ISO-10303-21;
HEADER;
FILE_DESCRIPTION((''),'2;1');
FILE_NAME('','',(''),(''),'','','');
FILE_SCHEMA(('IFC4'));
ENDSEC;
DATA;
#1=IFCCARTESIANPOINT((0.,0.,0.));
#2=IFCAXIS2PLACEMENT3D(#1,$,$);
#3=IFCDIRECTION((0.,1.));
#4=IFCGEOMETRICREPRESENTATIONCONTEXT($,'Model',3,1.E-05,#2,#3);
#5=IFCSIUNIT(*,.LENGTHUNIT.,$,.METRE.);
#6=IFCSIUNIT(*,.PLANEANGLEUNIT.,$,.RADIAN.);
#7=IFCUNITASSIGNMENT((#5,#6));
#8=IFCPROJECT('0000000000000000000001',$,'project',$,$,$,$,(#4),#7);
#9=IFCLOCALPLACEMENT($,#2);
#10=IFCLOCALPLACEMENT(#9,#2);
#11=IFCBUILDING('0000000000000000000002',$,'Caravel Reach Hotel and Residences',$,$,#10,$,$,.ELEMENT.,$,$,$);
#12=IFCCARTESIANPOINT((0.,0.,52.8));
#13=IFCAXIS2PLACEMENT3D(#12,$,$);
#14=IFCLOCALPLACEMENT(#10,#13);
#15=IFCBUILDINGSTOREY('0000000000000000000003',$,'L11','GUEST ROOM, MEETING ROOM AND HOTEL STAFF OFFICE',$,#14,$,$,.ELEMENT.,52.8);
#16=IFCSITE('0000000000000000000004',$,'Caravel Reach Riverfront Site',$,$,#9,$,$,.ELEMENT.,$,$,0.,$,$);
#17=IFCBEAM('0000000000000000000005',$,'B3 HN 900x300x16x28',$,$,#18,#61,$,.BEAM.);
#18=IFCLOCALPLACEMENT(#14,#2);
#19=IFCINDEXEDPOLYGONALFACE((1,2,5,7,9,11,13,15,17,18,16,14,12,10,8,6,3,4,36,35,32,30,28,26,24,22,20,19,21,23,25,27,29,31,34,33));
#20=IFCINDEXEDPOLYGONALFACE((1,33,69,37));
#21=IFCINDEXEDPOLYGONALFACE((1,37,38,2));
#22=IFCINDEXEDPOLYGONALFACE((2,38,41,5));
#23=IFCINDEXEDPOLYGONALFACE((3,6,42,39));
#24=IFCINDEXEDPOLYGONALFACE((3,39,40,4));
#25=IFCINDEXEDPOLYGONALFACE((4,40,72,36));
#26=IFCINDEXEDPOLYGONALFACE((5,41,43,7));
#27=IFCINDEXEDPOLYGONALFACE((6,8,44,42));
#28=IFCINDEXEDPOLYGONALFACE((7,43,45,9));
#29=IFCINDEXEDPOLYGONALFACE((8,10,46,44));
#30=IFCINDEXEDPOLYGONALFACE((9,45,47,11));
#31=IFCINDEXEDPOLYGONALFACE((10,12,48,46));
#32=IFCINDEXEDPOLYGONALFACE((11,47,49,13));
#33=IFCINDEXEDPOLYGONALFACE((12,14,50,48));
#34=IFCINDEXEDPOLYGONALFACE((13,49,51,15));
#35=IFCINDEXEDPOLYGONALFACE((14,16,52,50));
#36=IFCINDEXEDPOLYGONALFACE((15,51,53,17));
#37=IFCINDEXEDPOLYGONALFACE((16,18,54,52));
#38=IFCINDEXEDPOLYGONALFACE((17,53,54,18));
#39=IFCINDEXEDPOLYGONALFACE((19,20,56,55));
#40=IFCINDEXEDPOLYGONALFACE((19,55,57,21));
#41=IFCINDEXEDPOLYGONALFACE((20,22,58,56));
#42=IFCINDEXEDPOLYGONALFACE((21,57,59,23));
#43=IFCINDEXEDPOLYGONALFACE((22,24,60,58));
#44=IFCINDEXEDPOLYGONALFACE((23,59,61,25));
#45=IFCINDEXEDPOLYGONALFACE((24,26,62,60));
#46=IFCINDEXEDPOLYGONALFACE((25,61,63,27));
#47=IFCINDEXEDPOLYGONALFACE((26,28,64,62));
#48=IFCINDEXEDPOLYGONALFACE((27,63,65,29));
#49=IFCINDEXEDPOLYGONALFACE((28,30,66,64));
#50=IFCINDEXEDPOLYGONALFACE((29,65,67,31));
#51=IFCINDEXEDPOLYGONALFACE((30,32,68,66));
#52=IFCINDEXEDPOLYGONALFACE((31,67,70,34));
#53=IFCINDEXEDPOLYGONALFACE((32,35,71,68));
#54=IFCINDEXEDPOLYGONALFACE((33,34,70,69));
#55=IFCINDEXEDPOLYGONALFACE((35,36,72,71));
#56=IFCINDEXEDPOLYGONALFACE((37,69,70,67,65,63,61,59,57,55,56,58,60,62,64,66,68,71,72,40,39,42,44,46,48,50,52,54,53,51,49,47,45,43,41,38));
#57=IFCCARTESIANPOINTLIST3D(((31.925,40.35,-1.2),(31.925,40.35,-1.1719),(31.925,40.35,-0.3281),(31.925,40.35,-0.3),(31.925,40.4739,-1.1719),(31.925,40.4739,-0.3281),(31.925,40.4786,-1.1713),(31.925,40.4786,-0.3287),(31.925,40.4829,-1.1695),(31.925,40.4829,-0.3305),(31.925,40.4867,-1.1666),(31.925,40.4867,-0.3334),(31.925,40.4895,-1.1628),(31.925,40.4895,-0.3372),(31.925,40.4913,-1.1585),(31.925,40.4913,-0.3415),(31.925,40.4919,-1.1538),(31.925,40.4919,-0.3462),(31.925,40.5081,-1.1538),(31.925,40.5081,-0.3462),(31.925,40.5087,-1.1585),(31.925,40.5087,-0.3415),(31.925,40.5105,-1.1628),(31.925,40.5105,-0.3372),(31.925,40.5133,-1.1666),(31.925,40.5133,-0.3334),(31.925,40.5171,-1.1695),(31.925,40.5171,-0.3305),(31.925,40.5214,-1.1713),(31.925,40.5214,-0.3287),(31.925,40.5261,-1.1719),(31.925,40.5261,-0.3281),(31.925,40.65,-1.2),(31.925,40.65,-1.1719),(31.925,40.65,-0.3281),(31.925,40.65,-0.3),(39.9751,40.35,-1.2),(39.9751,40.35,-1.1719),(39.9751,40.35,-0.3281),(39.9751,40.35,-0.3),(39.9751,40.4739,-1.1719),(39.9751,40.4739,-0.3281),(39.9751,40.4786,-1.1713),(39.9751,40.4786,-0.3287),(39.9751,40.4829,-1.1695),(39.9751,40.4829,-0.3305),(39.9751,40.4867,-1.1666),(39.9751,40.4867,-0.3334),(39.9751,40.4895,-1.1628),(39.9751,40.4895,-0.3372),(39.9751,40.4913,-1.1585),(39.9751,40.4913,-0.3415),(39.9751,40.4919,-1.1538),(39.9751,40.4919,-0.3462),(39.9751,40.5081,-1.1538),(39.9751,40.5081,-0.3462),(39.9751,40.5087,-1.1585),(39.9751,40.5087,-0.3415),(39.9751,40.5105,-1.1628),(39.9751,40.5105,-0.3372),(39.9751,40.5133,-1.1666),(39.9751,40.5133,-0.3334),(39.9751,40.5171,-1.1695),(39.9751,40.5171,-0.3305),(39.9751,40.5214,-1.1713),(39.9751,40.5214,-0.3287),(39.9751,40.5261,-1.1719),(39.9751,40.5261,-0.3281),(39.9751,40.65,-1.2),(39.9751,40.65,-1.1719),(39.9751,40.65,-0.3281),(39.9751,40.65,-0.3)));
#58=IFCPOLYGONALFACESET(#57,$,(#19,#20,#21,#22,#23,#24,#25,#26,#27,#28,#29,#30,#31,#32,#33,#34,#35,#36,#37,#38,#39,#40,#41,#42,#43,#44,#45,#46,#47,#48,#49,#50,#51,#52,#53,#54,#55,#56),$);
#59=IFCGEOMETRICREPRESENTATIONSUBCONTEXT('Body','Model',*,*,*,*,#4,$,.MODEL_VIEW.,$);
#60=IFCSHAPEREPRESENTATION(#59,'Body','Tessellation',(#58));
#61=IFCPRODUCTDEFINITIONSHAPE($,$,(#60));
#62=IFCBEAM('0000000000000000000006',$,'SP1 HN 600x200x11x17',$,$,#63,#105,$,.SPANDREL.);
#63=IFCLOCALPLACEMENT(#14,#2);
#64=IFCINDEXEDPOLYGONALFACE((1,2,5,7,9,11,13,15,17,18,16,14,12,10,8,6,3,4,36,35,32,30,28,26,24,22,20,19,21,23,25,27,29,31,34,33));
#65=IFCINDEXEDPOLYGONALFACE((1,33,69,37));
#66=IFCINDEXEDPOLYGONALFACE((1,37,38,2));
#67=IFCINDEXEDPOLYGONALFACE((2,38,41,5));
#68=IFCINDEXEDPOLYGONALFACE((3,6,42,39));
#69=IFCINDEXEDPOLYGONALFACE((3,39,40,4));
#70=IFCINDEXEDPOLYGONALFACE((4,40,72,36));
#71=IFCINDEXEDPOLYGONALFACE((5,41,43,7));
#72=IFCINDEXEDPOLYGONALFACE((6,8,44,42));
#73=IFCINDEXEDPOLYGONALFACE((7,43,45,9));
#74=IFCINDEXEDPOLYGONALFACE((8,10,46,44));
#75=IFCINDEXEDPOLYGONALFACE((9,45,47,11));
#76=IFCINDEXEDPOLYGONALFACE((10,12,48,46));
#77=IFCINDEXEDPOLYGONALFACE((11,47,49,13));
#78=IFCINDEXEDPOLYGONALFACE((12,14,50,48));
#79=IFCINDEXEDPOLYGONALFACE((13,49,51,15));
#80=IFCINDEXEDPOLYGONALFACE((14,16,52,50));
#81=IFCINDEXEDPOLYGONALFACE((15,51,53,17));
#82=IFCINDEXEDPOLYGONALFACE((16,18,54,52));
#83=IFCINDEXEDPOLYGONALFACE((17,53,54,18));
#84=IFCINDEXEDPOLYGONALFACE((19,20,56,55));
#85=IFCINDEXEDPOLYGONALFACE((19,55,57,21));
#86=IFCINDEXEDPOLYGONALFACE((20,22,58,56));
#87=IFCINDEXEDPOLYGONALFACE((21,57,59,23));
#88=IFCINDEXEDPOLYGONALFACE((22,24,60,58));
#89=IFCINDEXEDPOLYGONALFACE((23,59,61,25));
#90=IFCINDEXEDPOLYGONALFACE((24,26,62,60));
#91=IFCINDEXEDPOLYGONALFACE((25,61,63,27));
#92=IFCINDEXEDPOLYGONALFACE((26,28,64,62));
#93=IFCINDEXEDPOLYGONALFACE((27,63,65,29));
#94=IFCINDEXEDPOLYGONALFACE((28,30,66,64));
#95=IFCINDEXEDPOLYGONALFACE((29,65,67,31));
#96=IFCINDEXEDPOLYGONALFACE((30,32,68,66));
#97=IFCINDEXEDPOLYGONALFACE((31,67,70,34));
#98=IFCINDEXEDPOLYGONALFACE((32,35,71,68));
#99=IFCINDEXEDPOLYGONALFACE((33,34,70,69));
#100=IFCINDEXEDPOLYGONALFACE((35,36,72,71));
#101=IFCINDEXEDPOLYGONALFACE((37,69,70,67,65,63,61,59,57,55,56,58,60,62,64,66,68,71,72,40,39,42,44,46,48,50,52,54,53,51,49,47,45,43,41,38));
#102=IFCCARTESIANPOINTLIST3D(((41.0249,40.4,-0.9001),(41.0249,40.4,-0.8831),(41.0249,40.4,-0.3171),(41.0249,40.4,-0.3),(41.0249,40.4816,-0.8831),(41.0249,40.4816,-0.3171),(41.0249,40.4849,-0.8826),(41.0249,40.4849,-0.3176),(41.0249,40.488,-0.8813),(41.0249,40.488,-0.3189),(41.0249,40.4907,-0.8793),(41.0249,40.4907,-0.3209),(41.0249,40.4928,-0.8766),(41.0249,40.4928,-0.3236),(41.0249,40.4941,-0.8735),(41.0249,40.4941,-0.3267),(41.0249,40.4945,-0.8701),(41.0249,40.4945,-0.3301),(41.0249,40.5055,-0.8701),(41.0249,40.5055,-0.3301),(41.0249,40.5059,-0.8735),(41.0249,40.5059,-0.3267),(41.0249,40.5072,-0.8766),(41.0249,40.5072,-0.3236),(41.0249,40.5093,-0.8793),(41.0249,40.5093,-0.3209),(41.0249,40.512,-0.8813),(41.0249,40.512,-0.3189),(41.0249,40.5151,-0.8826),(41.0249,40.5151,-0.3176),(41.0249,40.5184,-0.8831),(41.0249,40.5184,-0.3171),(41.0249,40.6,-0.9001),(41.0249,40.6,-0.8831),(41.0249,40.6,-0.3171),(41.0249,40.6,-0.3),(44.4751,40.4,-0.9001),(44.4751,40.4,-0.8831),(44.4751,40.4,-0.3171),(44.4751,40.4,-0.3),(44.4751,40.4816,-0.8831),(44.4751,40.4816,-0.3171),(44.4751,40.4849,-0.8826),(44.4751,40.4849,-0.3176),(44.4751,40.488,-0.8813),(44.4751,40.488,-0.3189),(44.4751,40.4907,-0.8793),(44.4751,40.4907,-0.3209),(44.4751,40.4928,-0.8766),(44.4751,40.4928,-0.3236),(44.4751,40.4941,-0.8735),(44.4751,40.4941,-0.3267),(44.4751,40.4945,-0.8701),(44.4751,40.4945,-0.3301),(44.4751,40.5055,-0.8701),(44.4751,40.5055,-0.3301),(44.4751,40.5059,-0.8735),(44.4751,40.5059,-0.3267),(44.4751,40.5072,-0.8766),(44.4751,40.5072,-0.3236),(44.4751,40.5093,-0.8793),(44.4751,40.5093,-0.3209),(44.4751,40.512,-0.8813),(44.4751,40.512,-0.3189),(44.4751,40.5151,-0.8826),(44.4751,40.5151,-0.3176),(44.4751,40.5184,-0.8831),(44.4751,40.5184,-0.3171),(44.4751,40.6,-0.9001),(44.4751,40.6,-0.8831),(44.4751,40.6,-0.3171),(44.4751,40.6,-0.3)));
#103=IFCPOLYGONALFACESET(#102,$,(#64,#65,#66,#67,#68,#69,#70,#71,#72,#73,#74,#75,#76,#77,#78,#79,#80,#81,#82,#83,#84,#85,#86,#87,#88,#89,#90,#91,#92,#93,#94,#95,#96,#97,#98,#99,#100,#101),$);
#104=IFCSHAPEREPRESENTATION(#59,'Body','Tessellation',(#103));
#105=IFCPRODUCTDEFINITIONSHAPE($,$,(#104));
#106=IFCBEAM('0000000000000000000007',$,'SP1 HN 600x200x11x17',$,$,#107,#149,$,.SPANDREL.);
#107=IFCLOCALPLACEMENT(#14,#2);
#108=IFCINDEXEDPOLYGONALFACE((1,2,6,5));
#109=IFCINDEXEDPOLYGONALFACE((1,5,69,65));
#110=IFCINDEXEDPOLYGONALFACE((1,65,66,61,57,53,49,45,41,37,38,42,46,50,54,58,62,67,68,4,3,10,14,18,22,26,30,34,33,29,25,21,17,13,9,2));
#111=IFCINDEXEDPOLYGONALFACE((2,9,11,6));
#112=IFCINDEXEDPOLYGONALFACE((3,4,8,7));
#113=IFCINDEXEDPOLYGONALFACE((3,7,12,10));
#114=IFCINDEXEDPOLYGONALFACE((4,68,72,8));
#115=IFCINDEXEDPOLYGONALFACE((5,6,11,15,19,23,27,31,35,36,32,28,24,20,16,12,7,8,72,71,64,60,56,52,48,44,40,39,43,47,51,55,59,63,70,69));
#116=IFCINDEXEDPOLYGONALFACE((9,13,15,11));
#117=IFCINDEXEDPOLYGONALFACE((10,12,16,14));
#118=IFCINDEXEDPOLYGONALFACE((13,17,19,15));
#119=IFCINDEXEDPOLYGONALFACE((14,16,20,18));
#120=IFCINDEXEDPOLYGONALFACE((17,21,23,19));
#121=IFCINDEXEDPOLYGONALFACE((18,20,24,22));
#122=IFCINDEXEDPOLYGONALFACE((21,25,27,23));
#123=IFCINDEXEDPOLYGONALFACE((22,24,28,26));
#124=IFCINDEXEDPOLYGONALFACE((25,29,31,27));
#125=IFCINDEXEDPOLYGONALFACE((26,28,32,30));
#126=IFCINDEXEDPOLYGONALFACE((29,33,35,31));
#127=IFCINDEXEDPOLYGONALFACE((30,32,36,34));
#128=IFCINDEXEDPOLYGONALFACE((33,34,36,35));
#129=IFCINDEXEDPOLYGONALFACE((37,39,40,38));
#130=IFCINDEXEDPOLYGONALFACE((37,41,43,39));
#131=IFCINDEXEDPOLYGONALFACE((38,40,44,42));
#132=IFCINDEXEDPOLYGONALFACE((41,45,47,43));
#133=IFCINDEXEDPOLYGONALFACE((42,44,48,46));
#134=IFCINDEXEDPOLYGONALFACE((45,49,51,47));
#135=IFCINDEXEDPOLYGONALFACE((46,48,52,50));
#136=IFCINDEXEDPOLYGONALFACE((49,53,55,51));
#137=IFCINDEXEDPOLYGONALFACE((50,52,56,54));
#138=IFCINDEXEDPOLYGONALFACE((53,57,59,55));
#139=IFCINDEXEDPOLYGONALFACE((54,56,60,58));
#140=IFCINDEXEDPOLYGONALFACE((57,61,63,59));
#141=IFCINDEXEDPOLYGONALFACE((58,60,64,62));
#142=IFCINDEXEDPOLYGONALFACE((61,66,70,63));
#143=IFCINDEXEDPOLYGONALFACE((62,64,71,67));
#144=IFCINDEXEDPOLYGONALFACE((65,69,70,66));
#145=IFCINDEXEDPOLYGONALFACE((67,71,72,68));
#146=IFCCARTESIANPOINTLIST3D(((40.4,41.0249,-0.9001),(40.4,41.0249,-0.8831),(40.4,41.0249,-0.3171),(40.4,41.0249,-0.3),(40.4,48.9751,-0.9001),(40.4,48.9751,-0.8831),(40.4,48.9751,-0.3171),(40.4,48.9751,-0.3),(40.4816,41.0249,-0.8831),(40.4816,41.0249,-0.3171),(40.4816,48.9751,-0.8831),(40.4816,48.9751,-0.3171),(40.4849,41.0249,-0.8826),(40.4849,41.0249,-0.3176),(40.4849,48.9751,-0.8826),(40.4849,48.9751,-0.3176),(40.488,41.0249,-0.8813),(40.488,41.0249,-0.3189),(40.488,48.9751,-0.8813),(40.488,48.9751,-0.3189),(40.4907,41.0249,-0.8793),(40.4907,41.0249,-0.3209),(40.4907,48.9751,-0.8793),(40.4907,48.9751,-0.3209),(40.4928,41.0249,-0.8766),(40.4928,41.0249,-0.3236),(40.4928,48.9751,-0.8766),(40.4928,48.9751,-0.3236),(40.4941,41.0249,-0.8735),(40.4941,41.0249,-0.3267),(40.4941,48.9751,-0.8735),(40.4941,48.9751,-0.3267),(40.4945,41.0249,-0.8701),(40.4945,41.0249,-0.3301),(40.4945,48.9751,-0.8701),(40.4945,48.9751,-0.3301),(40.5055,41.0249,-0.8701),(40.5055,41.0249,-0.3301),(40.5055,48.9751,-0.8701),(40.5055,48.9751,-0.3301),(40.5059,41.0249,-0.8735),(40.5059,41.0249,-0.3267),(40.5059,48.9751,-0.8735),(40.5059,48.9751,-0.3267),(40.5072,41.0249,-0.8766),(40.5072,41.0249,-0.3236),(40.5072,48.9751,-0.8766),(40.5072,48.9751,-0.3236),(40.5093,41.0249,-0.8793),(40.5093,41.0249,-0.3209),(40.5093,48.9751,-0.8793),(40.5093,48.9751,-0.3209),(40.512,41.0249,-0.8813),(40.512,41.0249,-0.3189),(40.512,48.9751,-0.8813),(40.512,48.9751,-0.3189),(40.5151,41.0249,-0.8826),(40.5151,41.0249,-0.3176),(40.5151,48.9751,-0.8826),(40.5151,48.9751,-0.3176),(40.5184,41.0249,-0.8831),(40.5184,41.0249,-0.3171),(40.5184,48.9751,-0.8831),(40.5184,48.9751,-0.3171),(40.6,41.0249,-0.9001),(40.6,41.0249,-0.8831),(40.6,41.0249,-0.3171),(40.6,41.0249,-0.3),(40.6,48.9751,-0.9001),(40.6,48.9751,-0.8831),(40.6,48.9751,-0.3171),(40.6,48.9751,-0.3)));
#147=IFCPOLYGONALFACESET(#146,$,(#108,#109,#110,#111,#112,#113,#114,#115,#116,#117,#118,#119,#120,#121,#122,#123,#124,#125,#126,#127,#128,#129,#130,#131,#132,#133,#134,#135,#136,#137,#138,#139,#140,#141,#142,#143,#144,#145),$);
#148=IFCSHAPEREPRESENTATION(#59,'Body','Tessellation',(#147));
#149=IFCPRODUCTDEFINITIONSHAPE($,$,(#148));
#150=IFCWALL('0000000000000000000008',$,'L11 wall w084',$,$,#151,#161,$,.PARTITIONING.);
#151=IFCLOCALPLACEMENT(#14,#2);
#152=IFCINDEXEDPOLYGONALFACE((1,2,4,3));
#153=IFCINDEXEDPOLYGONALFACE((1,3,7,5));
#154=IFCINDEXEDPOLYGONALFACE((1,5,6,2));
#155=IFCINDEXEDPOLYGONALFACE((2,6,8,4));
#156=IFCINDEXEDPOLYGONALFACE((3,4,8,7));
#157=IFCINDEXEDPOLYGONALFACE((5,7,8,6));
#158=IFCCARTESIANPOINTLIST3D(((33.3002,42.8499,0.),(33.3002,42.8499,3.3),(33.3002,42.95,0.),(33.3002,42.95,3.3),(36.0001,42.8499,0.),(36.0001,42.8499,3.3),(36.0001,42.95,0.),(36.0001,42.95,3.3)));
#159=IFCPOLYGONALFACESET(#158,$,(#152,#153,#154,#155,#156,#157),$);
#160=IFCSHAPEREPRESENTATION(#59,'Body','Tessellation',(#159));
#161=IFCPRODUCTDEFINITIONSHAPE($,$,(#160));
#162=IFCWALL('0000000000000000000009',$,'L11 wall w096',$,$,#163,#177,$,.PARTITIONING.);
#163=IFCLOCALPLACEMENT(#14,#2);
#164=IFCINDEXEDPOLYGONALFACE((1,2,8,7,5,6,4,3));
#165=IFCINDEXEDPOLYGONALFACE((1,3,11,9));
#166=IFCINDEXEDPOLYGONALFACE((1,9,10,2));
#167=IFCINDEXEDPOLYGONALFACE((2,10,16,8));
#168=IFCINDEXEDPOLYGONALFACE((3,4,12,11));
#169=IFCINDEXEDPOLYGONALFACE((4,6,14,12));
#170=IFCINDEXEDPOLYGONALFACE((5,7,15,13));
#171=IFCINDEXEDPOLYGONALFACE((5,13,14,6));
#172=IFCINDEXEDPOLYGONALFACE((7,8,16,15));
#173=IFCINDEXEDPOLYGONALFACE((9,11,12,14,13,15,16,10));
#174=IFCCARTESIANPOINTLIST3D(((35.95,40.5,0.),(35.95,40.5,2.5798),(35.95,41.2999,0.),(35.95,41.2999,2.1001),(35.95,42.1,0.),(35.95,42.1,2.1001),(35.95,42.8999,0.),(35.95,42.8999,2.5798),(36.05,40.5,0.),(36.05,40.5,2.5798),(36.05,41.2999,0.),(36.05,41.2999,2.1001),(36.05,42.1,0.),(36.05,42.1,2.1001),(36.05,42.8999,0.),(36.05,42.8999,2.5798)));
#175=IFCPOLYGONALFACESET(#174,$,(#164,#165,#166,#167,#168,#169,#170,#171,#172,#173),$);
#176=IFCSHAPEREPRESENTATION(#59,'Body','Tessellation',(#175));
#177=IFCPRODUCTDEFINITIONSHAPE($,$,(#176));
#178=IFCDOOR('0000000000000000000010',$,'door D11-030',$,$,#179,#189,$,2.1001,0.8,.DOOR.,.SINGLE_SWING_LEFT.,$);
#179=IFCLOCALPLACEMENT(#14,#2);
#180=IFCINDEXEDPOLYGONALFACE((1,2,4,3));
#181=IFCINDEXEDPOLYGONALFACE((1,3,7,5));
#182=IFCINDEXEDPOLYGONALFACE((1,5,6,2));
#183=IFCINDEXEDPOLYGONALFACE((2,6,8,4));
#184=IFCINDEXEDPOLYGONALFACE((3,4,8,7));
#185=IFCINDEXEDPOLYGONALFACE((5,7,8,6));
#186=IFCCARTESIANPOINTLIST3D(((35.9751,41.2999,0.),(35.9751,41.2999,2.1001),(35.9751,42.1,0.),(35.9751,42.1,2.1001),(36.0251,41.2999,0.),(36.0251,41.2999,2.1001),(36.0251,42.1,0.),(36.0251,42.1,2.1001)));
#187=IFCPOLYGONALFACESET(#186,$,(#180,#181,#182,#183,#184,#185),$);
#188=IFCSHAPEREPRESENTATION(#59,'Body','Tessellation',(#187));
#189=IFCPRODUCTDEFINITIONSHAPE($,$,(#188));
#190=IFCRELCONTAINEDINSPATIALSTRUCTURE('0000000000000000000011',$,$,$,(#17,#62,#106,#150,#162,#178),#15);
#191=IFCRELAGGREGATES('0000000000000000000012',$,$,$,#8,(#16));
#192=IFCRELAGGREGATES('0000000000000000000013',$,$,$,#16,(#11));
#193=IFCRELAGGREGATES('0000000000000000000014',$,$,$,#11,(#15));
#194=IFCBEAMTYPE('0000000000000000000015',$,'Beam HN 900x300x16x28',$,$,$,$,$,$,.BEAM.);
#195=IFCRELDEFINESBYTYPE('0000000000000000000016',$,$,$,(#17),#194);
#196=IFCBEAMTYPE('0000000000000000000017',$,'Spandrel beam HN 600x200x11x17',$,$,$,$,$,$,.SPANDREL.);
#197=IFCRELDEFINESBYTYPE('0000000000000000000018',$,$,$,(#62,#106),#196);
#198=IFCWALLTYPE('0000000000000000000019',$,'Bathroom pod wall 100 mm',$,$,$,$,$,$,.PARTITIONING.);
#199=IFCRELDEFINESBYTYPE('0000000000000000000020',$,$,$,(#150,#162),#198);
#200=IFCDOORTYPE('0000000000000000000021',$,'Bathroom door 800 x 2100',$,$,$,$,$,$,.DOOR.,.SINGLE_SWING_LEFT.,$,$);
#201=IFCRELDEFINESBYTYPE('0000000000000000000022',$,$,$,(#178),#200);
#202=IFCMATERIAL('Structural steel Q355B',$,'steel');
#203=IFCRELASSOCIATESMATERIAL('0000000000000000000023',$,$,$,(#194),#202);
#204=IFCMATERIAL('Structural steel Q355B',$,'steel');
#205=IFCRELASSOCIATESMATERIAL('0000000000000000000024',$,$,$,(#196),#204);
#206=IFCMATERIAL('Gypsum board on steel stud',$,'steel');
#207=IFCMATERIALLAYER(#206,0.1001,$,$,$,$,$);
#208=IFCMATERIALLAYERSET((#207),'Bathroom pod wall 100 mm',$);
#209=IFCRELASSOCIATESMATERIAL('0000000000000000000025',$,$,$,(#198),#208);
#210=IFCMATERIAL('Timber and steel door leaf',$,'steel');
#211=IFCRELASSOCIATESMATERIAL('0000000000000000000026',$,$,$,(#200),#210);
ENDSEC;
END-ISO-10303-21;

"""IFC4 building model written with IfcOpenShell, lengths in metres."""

from ifc_helpers import new_model, si_unit, direction, frame, frame_2d, origin, origin_2d, place, context, subcontext, project, spatial, rectangle, i_section, extrude, material, layer, layer_set, material_profile, profile_set, type_object, element, fill, save


model = new_model("IFC4")

# Units and contexts
model_context = context("Model", 3, precision=1e-05, world=origin(), true_north=direction((0.0, 1.0)))
body_context = subcontext(model_context, "Body", "Model", "MODEL_VIEW")
ifc_project = project(units=[si_unit("LENGTHUNIT", "METRE"), si_unit("PLANEANGLEUNIT", "RADIAN")], contexts=[model_context])

# Site, building, storey
site_placement = place(None, origin())
site = spatial("IfcSite", under=ifc_project, at=site_placement, Name="Caravel Reach Riverfront Site", CompositionType="ELEMENT", RefElevation=0.0)
building_placement = place(site_placement, origin())
building = spatial("IfcBuilding", under=site, at=building_placement, Name="Caravel Reach Hotel and Residences", CompositionType="ELEMENT")
storey_placement = place(building_placement, frame((0.0, 0.0, 52.8)))
storey = spatial("IfcBuildingStorey", under=building, at=storey_placement, Name="L11", Description="GUEST ROOM, MEETING ROOM AND HOTEL STAFF OFFICE", CompositionType="ELEMENT", Elevation=52.8)

# Beams
ifc_material_1 = material(Name="Structural steel Q355B", Category="steel")
ifc_material_profile_1 = material_profile(ifc_material_1, i_section(OverallWidth=0.3, OverallDepth=0.8999, WebThickness=0.0161, FlangeThickness=0.0281, FilletRadius=0.0181, at=origin_2d()), Name="HN 900x300x16x28")
ifc_profile_set_1 = profile_set([ifc_material_profile_1], Name="Structural steel Q355B")
beam_type_1 = type_object("IfcBeamType", Name="Beam HN 900x300x16x28", PredefinedType="BEAM", material=ifc_profile_set_1)
beam_1_placement = place(storey_placement, frame((31.925, 40.5, -0.75), z_axis=(1.0, 0.0, 0.0), x_axis=(0.0, 1.0, 0.0)))
element("IfcBeam", 1, at=beam_1_placement, inside=storey, type_object=beam_type_1, Name="B3 HN 900x300x16x28", PredefinedType="BEAM", context=body_context, shape_type="SweptSolid", body=[
    extrude(i_section(OverallWidth=0.3, OverallDepth=0.8999, WebThickness=0.0161, FlangeThickness=0.0281, FilletRadius=0.0181, at=origin_2d()), origin(), (0.0, 0.0, 1.0), 8.05),
])
ifc_material_2 = material(Name="Structural steel Q355B", Category="steel")
ifc_material_profile_2 = material_profile(ifc_material_2, i_section(OverallWidth=0.2, OverallDepth=0.6001, WebThickness=0.011, FlangeThickness=0.0171, FilletRadius=0.0129, at=origin_2d()), Name="HN 600x200x11x17")
ifc_profile_set_2 = profile_set([ifc_material_profile_2], Name="Structural steel Q355B")
beam_type_2 = type_object("IfcBeamType", Name="Spandrel beam HN 600x200x11x17", PredefinedType="SPANDREL", material=ifc_profile_set_2)
beam_2_placement = place(storey_placement, frame((44.4751, 40.5, -0.6001), z_axis=(-1.0, 0.0, 0.0), x_axis=(0.0, -1.0, 0.0)))
element("IfcBeam", 2, at=beam_2_placement, inside=storey, type_object=beam_type_2, Name="SP1 HN 600x200x11x17", PredefinedType="SPANDREL", context=body_context, shape_type="SweptSolid", body=[
    extrude(i_section(OverallWidth=0.2, OverallDepth=0.6001, WebThickness=0.011, FlangeThickness=0.0171, FilletRadius=0.0129, at=origin_2d()), origin(), (0.0, 0.0, 1.0), 3.4502),
])
beam_3_placement = place(storey_placement, frame((40.5, 41.0249, -0.6001), z_axis=(0.0, 1.0, 0.0), x_axis=(-1.0, 0.0, 0.0)))
element("IfcBeam", 3, at=beam_3_placement, inside=storey, type_object=beam_type_2, Name="SP1 HN 600x200x11x17", PredefinedType="SPANDREL", context=body_context, shape_type="SweptSolid", body=[
    extrude(i_section(OverallWidth=0.2, OverallDepth=0.6001, WebThickness=0.011, FlangeThickness=0.0171, FilletRadius=0.0129, at=origin_2d()), origin(), (0.0, 0.0, 1.0), 7.9502),
])

# Wall
ifc_material_3 = material(Name="Gypsum board on steel stud", Category="steel")
ifc_layer_1 = layer(ifc_material_3, 0.1001)
ifc_layer_set_1 = layer_set([ifc_layer_1], Name="Bathroom pod wall 100 mm")
wall_type_1 = type_object("IfcWallType", Name="Bathroom pod wall 100 mm", PredefinedType="PARTITIONING", material=ifc_layer_set_1)
wall_1_placement = place(storey_placement, frame((33.3, 42.8999, 0.0), z_axis=(0.0, 0.0, 1.0), x_axis=(1.0, 0.0, 0.0)))
element("IfcWall", 4, at=wall_1_placement, inside=storey, type_object=wall_type_1, Name="L11 wall w084", PredefinedType="PARTITIONING", context=body_context, shape_type="SweptSolid", body=[
    extrude(rectangle(XDim=2.7, YDim=0.1001, at=frame_2d((1.3501, 0.0))), origin(), (0.0, 0.0, 1.0), 3.3),
])

# Wall, opening, door
wall_2_placement = place(storey_placement, frame((36.0, 40.5, 0.0), z_axis=(0.0, 0.0, 1.0), x_axis=(0.0, 1.0, 0.0)))
wall_2 = element("IfcWall", 5, at=wall_2_placement, inside=storey, type_object=wall_type_1, Name="L11 wall w096", PredefinedType="PARTITIONING", context=body_context, shape_type="SweptSolid", body=[
    extrude(rectangle(XDim=2.3999, YDim=0.1001, at=frame_2d((1.2, 0.0))), origin(), (0.0, 0.0, 1.0), 2.5798),
])
opening_1_placement = place(wall_2_placement, frame((0.8, 0.0, 0.0)))
opening_1 = element("IfcOpeningElement", 6, at=opening_1_placement, cuts=wall_2, PredefinedType="OPENING", context=body_context, shape_type="SweptSolid", body=[
    extrude(rectangle(XDim=0.8, YDim=2.1001, at=frame_2d((0.3999, 1.05))), frame((0.0, 0.0601, 0.0), z_axis=(0.0, -1.0, 0.0), x_axis=(1.0, 0.0, 0.0)), (0.0, 0.0, 1.0), 0.1201),
])
ifc_material_4 = material(Name="Timber and steel door leaf", Category="steel")
door_type = type_object("IfcDoorType", Name="Bathroom door 800 x 2100", OperationType="SINGLE_SWING_LEFT", PredefinedType="DOOR", material=ifc_material_4)
door_placement = place(opening_1_placement, origin())
door = element("IfcDoor", 7, at=door_placement, inside=storey, type_object=door_type, Name="door D11-030", OperationType="SINGLE_SWING_LEFT", OverallHeight=2.1001, OverallWidth=0.8, PredefinedType="DOOR", context=body_context, shape_type="SweptSolid", body=[
    extrude(rectangle(XDim=0.8, YDim=2.1001, at=frame_2d((0.3999, 1.05))), frame((0.0, 0.0249, 0.0), z_axis=(0.0, -1.0, 0.0), x_axis=(1.0, 0.0, 0.0)), (0.0, 0.0, 1.0), 0.05),
])
fill(opening_1, door)

save(model, "model.ifc")
